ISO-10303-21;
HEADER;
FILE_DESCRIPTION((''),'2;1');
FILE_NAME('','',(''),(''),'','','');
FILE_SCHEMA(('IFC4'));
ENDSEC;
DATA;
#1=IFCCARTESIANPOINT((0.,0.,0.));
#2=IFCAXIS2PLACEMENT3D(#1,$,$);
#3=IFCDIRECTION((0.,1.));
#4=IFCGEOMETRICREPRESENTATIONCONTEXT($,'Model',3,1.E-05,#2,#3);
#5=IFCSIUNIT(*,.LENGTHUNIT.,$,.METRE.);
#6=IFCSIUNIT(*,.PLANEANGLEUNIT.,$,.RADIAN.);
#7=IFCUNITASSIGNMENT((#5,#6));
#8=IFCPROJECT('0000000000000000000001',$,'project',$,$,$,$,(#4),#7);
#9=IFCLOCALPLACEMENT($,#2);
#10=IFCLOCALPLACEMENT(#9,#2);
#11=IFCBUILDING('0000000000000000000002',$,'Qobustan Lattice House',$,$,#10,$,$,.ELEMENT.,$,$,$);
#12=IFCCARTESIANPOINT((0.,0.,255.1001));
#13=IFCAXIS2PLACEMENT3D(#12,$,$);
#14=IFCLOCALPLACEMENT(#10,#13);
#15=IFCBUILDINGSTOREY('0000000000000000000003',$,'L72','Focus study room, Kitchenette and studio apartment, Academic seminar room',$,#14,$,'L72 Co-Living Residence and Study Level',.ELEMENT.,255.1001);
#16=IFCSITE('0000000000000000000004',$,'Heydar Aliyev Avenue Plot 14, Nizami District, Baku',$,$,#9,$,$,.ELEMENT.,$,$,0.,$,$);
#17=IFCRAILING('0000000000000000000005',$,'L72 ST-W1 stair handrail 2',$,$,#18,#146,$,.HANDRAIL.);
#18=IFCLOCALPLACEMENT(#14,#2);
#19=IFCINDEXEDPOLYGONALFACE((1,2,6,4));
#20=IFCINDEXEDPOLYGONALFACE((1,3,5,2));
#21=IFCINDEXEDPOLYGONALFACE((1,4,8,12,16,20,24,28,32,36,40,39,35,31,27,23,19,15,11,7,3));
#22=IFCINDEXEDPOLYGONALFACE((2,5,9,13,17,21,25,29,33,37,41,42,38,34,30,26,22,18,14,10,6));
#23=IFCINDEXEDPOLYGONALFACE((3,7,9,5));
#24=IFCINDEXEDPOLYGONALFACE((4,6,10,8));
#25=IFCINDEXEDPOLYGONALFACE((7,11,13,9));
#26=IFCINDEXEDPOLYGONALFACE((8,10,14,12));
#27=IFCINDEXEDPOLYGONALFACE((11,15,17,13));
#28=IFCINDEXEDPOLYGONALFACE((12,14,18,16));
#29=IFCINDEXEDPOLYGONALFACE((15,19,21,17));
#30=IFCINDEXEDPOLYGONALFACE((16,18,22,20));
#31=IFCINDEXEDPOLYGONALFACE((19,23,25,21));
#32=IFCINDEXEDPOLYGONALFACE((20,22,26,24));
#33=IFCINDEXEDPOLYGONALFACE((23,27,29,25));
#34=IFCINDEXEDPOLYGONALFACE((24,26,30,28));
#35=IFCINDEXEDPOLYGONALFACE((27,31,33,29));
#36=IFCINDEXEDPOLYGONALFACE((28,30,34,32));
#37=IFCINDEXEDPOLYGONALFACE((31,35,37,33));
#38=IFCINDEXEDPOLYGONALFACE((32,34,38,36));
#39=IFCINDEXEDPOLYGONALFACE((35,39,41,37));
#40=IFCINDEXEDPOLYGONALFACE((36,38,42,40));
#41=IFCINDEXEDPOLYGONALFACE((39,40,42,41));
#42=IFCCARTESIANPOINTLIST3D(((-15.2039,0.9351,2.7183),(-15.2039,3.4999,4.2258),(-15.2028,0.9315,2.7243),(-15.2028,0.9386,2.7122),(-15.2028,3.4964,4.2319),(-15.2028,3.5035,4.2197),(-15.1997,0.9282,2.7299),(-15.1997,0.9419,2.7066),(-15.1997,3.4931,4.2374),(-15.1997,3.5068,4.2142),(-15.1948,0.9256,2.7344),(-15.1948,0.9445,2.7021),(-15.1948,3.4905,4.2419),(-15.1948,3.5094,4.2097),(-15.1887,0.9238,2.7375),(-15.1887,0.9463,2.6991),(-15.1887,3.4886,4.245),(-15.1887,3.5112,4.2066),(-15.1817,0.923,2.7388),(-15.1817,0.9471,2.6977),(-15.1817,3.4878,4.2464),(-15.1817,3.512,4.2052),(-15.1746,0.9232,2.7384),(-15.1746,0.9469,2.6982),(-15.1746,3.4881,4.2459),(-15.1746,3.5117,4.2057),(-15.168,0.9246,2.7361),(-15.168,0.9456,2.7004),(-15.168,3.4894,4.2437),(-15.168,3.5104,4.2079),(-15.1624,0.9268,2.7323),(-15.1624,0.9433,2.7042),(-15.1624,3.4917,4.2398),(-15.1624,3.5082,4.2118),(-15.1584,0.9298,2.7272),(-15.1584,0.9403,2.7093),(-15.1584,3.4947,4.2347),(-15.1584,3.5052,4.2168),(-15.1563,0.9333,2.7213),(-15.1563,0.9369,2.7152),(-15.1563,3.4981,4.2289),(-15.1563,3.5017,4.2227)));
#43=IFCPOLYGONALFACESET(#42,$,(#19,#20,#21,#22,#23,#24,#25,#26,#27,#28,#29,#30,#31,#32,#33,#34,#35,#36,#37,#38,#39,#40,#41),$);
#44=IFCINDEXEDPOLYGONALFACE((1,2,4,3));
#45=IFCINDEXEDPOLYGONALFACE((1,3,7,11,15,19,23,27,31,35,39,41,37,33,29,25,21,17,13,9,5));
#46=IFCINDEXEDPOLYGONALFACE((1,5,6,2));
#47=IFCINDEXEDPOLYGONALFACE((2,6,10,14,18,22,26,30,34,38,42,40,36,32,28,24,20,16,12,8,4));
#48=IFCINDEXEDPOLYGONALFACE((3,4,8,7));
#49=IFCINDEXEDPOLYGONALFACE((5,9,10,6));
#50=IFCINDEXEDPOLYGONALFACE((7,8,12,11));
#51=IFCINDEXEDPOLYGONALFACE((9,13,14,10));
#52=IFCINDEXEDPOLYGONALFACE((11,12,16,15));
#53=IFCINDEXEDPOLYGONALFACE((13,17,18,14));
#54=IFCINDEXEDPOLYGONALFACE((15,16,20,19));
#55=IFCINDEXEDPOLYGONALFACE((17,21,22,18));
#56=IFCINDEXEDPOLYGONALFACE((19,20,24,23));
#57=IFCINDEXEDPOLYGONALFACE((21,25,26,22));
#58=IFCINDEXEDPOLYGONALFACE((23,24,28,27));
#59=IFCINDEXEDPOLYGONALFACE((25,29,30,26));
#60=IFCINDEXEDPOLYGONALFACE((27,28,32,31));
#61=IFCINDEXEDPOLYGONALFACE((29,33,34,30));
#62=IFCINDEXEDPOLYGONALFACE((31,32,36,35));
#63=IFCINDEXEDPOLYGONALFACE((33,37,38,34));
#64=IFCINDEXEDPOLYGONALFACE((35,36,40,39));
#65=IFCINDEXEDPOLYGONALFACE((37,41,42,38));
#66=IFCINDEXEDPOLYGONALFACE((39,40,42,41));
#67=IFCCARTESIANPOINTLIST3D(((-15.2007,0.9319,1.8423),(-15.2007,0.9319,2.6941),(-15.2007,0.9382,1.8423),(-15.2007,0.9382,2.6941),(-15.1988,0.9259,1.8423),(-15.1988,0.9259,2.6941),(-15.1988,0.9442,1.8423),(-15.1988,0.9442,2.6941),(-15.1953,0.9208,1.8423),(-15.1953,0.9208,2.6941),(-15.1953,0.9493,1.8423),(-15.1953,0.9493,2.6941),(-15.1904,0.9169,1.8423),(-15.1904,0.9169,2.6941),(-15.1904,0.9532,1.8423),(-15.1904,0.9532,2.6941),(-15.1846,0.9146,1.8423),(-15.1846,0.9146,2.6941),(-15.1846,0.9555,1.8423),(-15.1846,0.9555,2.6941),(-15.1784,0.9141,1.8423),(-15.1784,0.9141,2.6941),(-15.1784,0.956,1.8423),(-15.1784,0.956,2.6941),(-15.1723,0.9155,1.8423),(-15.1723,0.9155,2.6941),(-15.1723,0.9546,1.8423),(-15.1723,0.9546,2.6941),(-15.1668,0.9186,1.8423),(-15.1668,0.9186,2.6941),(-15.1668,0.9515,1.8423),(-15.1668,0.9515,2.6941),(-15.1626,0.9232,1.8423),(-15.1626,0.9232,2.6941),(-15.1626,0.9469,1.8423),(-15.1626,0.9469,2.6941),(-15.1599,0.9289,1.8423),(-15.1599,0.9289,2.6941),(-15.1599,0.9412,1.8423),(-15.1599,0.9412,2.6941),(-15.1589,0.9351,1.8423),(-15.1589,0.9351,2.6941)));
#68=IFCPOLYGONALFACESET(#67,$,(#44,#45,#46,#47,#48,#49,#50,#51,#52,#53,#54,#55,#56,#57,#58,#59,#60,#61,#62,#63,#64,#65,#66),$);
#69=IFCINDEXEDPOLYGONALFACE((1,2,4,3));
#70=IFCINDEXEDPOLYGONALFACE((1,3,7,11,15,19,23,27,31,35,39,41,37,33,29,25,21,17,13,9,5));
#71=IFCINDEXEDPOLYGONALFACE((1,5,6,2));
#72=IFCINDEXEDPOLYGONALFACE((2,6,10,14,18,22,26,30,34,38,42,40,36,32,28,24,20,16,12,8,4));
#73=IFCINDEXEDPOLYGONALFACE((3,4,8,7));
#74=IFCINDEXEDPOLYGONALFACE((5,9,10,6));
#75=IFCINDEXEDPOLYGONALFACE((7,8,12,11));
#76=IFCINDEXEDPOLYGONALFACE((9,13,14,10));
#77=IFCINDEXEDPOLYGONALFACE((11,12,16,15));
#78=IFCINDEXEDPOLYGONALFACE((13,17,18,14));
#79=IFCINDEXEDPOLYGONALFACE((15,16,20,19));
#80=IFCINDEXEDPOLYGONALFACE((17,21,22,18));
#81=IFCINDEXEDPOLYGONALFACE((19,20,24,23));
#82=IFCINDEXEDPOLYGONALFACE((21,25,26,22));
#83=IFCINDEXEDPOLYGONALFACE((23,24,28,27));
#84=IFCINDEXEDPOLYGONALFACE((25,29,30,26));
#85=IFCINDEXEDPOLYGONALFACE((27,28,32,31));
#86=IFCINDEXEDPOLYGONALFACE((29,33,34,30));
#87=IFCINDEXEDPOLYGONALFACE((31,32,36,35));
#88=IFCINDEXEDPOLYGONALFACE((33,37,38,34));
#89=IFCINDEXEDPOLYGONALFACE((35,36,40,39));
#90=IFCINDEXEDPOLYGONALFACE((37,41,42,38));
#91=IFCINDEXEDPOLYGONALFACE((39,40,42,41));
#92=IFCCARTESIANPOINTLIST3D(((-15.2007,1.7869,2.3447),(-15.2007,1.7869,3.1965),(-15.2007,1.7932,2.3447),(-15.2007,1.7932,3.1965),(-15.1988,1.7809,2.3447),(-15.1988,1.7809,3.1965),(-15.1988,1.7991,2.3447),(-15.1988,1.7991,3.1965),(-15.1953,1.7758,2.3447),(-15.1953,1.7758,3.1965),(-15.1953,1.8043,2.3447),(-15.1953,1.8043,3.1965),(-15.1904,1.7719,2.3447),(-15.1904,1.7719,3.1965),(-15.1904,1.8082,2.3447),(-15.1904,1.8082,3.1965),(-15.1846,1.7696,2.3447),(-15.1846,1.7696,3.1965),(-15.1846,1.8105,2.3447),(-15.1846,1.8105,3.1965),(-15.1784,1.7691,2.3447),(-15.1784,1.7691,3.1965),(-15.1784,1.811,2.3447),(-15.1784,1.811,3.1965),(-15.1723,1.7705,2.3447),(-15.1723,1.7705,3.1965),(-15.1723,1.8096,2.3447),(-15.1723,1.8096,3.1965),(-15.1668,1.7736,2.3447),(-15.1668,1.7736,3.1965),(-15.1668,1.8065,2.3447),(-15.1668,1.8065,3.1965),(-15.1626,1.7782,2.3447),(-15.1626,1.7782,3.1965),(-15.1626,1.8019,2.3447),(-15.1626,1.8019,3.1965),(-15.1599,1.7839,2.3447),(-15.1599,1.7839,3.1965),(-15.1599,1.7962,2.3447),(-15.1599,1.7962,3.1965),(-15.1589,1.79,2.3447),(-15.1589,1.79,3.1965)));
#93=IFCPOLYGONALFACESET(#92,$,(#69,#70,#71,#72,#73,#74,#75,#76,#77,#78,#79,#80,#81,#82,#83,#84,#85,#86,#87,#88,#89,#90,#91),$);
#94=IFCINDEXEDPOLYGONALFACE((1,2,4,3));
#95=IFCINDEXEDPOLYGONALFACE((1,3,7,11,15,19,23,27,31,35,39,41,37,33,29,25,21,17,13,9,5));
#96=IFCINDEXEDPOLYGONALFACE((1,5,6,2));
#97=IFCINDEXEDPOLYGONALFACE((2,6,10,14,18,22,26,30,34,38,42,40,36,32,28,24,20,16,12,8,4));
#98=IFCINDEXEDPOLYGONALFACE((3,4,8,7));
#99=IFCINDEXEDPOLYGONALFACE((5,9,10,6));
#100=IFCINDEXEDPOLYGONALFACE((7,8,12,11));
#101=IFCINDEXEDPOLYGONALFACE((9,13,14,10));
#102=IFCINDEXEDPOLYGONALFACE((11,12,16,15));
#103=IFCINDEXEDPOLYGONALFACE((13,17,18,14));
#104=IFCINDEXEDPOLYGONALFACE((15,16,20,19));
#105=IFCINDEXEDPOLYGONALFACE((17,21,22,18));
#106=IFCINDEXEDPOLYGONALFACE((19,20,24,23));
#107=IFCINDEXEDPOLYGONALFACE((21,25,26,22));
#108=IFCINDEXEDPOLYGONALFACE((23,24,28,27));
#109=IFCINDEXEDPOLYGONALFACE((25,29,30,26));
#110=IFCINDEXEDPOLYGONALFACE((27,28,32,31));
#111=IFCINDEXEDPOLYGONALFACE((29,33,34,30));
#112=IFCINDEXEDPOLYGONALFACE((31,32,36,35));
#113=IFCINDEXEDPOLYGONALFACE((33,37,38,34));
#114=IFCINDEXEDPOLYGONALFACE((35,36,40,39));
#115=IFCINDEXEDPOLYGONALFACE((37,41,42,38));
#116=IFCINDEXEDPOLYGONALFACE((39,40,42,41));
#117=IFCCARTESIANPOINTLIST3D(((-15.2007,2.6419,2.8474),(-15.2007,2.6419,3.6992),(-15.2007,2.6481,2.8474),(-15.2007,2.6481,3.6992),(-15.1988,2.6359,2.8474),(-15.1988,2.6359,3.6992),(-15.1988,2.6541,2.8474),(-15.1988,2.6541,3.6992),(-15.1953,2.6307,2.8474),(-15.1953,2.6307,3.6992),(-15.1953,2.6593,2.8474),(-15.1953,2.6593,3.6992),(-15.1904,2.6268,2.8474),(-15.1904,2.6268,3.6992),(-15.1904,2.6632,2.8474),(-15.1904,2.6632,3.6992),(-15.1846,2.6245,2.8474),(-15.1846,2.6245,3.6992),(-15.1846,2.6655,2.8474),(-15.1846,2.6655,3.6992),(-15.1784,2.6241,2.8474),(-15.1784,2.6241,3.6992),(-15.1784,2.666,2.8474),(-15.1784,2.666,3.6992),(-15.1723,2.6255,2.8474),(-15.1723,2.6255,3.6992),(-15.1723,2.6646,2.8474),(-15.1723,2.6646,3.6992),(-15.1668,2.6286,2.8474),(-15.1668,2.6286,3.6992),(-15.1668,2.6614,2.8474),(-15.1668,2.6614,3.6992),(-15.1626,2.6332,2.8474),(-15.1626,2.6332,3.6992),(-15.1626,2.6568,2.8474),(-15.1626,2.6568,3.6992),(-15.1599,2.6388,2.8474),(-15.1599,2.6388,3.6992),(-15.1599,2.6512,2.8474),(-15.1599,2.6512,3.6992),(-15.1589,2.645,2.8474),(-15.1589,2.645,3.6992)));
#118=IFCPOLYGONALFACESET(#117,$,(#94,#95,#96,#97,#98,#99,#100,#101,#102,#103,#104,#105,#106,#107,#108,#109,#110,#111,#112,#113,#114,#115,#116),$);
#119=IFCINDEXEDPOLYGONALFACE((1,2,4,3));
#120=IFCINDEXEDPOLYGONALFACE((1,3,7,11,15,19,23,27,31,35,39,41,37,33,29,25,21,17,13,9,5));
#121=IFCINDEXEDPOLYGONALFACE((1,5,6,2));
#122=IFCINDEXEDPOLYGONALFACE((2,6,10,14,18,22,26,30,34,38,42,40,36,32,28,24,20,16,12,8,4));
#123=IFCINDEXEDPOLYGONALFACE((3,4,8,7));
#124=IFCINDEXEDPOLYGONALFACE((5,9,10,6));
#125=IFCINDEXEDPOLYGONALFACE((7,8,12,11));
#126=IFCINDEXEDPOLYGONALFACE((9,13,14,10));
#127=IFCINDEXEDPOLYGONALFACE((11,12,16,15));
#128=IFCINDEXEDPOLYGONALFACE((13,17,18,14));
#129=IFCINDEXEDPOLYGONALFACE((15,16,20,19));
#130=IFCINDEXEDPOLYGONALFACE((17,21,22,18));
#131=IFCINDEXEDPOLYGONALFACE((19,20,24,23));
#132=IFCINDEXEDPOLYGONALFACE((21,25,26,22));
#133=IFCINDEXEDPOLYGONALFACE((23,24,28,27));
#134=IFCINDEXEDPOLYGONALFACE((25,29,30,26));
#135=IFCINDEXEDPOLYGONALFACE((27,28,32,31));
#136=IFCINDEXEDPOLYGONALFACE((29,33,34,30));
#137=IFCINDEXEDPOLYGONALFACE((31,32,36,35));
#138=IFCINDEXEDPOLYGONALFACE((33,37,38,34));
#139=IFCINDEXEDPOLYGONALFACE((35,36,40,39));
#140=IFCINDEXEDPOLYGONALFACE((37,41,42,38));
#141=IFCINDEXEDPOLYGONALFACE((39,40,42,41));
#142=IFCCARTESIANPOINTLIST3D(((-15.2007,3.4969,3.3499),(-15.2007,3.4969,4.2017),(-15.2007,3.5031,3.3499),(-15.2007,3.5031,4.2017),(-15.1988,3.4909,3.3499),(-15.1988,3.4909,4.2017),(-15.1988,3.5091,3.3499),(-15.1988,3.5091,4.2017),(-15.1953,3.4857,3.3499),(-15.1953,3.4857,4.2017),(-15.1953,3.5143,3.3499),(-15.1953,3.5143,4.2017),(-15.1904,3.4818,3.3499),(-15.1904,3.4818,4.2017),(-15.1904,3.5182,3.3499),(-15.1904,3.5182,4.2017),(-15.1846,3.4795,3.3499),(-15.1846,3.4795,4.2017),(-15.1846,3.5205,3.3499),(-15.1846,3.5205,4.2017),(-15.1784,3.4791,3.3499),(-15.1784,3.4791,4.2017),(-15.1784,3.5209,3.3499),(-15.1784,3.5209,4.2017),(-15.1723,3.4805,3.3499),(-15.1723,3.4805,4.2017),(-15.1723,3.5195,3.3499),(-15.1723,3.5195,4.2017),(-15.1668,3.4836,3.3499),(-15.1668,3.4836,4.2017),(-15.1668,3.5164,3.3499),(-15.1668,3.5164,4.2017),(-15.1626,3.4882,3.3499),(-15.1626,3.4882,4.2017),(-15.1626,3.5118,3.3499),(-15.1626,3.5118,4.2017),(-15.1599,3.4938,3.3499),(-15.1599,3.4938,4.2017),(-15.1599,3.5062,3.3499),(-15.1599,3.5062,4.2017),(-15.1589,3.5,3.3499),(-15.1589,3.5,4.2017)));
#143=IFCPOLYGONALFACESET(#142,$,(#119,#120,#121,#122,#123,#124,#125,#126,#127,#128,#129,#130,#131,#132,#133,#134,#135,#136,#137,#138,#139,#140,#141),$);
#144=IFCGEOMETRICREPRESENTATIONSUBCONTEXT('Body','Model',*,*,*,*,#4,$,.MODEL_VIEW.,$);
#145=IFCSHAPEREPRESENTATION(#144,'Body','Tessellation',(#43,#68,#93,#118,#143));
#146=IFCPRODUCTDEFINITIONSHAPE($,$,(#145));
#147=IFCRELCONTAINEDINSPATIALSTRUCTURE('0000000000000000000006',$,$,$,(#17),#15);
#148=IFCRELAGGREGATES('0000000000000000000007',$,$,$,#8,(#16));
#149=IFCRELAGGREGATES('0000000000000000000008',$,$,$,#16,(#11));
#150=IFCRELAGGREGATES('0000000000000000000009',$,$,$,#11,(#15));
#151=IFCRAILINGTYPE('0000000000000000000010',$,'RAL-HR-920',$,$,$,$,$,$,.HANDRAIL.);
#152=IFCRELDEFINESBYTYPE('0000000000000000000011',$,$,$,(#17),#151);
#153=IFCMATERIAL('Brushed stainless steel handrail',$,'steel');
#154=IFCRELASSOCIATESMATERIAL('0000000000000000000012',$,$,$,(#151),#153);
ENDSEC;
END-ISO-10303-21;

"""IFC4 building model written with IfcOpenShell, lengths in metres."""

from ifc_helpers import new_model, si_unit, direction, frame, origin, origin_2d, place, context, subcontext, project, spatial, circle, extrude, material, type_object, element, save


model = new_model("IFC4")

# Units and contexts
model_context = context("Model", 3, precision=1e-05, world=origin(), true_north=direction((0.0, 1.0)))
body_context = subcontext(model_context, "Body", "Model", "MODEL_VIEW")
ifc_project = project(units=[si_unit("LENGTHUNIT", "METRE"), si_unit("PLANEANGLEUNIT", "RADIAN")], contexts=[model_context])

# Site, building, storey
site_placement = place(None, origin())
site = spatial("IfcSite", under=ifc_project, at=site_placement, Name="Heydar Aliyev Avenue Plot 14, Nizami District, Baku", CompositionType="ELEMENT", RefElevation=0.0)
building_placement = place(site_placement, origin())
building = spatial("IfcBuilding", under=site, at=building_placement, Name="Qobustan Lattice House", CompositionType="ELEMENT")
storey_placement = place(building_placement, frame((0.0, 0.0, 255.1001)))
storey = spatial("IfcBuildingStorey", under=building, at=storey_placement, Name="L72", Description="Focus study room, Kitchenette and studio apartment, Academic seminar room", LongName="L72 Co-Living Residence and Study Level", CompositionType="ELEMENT", Elevation=255.1001)

# Railing
ifc_material_1 = material(Name="Brushed stainless steel handrail", Category="steel")
railing_type_1 = type_object("IfcRailingType", Name="RAL-HR-920", PredefinedType="HANDRAIL", material=ifc_material_1)
railing_1_placement = place(storey_placement, frame((-15.1799, 0.9351, 1.8423)))
element("IfcRailing", 1, at=railing_1_placement, inside=storey, type_object=railing_type_1, Name="L72 ST-W1 stair handrail 2", PredefinedType="HANDRAIL", context=body_context, shape_type="SweptSolid", body=[
    extrude(circle(Radius=0.0239, at=origin_2d()), frame((0.0, 0.0, 0.876), z_axis=(0.0, 0.862113, 0.506715), x_axis=(-1.0, 0.0, 0.0)), (0.0, 0.0, 1.0), 2.9751),
    extrude(circle(Radius=0.021, at=origin_2d()), origin(), (0.0, 0.0, 1.0), 0.8518),
    extrude(circle(Radius=0.021, at=origin_2d()), frame((0.0, 0.855, 0.5024)), (0.0, 0.0, 1.0), 0.8518),
    extrude(circle(Radius=0.021, at=origin_2d()), frame((0.0, 1.71, 1.0051)), (0.0, 0.0, 1.0), 0.8518),
    extrude(circle(Radius=0.021, at=origin_2d()), frame((0.0, 2.5649, 1.5076)), (0.0, 0.0, 1.0), 0.8518),
])

save(model, "model.ifc")
